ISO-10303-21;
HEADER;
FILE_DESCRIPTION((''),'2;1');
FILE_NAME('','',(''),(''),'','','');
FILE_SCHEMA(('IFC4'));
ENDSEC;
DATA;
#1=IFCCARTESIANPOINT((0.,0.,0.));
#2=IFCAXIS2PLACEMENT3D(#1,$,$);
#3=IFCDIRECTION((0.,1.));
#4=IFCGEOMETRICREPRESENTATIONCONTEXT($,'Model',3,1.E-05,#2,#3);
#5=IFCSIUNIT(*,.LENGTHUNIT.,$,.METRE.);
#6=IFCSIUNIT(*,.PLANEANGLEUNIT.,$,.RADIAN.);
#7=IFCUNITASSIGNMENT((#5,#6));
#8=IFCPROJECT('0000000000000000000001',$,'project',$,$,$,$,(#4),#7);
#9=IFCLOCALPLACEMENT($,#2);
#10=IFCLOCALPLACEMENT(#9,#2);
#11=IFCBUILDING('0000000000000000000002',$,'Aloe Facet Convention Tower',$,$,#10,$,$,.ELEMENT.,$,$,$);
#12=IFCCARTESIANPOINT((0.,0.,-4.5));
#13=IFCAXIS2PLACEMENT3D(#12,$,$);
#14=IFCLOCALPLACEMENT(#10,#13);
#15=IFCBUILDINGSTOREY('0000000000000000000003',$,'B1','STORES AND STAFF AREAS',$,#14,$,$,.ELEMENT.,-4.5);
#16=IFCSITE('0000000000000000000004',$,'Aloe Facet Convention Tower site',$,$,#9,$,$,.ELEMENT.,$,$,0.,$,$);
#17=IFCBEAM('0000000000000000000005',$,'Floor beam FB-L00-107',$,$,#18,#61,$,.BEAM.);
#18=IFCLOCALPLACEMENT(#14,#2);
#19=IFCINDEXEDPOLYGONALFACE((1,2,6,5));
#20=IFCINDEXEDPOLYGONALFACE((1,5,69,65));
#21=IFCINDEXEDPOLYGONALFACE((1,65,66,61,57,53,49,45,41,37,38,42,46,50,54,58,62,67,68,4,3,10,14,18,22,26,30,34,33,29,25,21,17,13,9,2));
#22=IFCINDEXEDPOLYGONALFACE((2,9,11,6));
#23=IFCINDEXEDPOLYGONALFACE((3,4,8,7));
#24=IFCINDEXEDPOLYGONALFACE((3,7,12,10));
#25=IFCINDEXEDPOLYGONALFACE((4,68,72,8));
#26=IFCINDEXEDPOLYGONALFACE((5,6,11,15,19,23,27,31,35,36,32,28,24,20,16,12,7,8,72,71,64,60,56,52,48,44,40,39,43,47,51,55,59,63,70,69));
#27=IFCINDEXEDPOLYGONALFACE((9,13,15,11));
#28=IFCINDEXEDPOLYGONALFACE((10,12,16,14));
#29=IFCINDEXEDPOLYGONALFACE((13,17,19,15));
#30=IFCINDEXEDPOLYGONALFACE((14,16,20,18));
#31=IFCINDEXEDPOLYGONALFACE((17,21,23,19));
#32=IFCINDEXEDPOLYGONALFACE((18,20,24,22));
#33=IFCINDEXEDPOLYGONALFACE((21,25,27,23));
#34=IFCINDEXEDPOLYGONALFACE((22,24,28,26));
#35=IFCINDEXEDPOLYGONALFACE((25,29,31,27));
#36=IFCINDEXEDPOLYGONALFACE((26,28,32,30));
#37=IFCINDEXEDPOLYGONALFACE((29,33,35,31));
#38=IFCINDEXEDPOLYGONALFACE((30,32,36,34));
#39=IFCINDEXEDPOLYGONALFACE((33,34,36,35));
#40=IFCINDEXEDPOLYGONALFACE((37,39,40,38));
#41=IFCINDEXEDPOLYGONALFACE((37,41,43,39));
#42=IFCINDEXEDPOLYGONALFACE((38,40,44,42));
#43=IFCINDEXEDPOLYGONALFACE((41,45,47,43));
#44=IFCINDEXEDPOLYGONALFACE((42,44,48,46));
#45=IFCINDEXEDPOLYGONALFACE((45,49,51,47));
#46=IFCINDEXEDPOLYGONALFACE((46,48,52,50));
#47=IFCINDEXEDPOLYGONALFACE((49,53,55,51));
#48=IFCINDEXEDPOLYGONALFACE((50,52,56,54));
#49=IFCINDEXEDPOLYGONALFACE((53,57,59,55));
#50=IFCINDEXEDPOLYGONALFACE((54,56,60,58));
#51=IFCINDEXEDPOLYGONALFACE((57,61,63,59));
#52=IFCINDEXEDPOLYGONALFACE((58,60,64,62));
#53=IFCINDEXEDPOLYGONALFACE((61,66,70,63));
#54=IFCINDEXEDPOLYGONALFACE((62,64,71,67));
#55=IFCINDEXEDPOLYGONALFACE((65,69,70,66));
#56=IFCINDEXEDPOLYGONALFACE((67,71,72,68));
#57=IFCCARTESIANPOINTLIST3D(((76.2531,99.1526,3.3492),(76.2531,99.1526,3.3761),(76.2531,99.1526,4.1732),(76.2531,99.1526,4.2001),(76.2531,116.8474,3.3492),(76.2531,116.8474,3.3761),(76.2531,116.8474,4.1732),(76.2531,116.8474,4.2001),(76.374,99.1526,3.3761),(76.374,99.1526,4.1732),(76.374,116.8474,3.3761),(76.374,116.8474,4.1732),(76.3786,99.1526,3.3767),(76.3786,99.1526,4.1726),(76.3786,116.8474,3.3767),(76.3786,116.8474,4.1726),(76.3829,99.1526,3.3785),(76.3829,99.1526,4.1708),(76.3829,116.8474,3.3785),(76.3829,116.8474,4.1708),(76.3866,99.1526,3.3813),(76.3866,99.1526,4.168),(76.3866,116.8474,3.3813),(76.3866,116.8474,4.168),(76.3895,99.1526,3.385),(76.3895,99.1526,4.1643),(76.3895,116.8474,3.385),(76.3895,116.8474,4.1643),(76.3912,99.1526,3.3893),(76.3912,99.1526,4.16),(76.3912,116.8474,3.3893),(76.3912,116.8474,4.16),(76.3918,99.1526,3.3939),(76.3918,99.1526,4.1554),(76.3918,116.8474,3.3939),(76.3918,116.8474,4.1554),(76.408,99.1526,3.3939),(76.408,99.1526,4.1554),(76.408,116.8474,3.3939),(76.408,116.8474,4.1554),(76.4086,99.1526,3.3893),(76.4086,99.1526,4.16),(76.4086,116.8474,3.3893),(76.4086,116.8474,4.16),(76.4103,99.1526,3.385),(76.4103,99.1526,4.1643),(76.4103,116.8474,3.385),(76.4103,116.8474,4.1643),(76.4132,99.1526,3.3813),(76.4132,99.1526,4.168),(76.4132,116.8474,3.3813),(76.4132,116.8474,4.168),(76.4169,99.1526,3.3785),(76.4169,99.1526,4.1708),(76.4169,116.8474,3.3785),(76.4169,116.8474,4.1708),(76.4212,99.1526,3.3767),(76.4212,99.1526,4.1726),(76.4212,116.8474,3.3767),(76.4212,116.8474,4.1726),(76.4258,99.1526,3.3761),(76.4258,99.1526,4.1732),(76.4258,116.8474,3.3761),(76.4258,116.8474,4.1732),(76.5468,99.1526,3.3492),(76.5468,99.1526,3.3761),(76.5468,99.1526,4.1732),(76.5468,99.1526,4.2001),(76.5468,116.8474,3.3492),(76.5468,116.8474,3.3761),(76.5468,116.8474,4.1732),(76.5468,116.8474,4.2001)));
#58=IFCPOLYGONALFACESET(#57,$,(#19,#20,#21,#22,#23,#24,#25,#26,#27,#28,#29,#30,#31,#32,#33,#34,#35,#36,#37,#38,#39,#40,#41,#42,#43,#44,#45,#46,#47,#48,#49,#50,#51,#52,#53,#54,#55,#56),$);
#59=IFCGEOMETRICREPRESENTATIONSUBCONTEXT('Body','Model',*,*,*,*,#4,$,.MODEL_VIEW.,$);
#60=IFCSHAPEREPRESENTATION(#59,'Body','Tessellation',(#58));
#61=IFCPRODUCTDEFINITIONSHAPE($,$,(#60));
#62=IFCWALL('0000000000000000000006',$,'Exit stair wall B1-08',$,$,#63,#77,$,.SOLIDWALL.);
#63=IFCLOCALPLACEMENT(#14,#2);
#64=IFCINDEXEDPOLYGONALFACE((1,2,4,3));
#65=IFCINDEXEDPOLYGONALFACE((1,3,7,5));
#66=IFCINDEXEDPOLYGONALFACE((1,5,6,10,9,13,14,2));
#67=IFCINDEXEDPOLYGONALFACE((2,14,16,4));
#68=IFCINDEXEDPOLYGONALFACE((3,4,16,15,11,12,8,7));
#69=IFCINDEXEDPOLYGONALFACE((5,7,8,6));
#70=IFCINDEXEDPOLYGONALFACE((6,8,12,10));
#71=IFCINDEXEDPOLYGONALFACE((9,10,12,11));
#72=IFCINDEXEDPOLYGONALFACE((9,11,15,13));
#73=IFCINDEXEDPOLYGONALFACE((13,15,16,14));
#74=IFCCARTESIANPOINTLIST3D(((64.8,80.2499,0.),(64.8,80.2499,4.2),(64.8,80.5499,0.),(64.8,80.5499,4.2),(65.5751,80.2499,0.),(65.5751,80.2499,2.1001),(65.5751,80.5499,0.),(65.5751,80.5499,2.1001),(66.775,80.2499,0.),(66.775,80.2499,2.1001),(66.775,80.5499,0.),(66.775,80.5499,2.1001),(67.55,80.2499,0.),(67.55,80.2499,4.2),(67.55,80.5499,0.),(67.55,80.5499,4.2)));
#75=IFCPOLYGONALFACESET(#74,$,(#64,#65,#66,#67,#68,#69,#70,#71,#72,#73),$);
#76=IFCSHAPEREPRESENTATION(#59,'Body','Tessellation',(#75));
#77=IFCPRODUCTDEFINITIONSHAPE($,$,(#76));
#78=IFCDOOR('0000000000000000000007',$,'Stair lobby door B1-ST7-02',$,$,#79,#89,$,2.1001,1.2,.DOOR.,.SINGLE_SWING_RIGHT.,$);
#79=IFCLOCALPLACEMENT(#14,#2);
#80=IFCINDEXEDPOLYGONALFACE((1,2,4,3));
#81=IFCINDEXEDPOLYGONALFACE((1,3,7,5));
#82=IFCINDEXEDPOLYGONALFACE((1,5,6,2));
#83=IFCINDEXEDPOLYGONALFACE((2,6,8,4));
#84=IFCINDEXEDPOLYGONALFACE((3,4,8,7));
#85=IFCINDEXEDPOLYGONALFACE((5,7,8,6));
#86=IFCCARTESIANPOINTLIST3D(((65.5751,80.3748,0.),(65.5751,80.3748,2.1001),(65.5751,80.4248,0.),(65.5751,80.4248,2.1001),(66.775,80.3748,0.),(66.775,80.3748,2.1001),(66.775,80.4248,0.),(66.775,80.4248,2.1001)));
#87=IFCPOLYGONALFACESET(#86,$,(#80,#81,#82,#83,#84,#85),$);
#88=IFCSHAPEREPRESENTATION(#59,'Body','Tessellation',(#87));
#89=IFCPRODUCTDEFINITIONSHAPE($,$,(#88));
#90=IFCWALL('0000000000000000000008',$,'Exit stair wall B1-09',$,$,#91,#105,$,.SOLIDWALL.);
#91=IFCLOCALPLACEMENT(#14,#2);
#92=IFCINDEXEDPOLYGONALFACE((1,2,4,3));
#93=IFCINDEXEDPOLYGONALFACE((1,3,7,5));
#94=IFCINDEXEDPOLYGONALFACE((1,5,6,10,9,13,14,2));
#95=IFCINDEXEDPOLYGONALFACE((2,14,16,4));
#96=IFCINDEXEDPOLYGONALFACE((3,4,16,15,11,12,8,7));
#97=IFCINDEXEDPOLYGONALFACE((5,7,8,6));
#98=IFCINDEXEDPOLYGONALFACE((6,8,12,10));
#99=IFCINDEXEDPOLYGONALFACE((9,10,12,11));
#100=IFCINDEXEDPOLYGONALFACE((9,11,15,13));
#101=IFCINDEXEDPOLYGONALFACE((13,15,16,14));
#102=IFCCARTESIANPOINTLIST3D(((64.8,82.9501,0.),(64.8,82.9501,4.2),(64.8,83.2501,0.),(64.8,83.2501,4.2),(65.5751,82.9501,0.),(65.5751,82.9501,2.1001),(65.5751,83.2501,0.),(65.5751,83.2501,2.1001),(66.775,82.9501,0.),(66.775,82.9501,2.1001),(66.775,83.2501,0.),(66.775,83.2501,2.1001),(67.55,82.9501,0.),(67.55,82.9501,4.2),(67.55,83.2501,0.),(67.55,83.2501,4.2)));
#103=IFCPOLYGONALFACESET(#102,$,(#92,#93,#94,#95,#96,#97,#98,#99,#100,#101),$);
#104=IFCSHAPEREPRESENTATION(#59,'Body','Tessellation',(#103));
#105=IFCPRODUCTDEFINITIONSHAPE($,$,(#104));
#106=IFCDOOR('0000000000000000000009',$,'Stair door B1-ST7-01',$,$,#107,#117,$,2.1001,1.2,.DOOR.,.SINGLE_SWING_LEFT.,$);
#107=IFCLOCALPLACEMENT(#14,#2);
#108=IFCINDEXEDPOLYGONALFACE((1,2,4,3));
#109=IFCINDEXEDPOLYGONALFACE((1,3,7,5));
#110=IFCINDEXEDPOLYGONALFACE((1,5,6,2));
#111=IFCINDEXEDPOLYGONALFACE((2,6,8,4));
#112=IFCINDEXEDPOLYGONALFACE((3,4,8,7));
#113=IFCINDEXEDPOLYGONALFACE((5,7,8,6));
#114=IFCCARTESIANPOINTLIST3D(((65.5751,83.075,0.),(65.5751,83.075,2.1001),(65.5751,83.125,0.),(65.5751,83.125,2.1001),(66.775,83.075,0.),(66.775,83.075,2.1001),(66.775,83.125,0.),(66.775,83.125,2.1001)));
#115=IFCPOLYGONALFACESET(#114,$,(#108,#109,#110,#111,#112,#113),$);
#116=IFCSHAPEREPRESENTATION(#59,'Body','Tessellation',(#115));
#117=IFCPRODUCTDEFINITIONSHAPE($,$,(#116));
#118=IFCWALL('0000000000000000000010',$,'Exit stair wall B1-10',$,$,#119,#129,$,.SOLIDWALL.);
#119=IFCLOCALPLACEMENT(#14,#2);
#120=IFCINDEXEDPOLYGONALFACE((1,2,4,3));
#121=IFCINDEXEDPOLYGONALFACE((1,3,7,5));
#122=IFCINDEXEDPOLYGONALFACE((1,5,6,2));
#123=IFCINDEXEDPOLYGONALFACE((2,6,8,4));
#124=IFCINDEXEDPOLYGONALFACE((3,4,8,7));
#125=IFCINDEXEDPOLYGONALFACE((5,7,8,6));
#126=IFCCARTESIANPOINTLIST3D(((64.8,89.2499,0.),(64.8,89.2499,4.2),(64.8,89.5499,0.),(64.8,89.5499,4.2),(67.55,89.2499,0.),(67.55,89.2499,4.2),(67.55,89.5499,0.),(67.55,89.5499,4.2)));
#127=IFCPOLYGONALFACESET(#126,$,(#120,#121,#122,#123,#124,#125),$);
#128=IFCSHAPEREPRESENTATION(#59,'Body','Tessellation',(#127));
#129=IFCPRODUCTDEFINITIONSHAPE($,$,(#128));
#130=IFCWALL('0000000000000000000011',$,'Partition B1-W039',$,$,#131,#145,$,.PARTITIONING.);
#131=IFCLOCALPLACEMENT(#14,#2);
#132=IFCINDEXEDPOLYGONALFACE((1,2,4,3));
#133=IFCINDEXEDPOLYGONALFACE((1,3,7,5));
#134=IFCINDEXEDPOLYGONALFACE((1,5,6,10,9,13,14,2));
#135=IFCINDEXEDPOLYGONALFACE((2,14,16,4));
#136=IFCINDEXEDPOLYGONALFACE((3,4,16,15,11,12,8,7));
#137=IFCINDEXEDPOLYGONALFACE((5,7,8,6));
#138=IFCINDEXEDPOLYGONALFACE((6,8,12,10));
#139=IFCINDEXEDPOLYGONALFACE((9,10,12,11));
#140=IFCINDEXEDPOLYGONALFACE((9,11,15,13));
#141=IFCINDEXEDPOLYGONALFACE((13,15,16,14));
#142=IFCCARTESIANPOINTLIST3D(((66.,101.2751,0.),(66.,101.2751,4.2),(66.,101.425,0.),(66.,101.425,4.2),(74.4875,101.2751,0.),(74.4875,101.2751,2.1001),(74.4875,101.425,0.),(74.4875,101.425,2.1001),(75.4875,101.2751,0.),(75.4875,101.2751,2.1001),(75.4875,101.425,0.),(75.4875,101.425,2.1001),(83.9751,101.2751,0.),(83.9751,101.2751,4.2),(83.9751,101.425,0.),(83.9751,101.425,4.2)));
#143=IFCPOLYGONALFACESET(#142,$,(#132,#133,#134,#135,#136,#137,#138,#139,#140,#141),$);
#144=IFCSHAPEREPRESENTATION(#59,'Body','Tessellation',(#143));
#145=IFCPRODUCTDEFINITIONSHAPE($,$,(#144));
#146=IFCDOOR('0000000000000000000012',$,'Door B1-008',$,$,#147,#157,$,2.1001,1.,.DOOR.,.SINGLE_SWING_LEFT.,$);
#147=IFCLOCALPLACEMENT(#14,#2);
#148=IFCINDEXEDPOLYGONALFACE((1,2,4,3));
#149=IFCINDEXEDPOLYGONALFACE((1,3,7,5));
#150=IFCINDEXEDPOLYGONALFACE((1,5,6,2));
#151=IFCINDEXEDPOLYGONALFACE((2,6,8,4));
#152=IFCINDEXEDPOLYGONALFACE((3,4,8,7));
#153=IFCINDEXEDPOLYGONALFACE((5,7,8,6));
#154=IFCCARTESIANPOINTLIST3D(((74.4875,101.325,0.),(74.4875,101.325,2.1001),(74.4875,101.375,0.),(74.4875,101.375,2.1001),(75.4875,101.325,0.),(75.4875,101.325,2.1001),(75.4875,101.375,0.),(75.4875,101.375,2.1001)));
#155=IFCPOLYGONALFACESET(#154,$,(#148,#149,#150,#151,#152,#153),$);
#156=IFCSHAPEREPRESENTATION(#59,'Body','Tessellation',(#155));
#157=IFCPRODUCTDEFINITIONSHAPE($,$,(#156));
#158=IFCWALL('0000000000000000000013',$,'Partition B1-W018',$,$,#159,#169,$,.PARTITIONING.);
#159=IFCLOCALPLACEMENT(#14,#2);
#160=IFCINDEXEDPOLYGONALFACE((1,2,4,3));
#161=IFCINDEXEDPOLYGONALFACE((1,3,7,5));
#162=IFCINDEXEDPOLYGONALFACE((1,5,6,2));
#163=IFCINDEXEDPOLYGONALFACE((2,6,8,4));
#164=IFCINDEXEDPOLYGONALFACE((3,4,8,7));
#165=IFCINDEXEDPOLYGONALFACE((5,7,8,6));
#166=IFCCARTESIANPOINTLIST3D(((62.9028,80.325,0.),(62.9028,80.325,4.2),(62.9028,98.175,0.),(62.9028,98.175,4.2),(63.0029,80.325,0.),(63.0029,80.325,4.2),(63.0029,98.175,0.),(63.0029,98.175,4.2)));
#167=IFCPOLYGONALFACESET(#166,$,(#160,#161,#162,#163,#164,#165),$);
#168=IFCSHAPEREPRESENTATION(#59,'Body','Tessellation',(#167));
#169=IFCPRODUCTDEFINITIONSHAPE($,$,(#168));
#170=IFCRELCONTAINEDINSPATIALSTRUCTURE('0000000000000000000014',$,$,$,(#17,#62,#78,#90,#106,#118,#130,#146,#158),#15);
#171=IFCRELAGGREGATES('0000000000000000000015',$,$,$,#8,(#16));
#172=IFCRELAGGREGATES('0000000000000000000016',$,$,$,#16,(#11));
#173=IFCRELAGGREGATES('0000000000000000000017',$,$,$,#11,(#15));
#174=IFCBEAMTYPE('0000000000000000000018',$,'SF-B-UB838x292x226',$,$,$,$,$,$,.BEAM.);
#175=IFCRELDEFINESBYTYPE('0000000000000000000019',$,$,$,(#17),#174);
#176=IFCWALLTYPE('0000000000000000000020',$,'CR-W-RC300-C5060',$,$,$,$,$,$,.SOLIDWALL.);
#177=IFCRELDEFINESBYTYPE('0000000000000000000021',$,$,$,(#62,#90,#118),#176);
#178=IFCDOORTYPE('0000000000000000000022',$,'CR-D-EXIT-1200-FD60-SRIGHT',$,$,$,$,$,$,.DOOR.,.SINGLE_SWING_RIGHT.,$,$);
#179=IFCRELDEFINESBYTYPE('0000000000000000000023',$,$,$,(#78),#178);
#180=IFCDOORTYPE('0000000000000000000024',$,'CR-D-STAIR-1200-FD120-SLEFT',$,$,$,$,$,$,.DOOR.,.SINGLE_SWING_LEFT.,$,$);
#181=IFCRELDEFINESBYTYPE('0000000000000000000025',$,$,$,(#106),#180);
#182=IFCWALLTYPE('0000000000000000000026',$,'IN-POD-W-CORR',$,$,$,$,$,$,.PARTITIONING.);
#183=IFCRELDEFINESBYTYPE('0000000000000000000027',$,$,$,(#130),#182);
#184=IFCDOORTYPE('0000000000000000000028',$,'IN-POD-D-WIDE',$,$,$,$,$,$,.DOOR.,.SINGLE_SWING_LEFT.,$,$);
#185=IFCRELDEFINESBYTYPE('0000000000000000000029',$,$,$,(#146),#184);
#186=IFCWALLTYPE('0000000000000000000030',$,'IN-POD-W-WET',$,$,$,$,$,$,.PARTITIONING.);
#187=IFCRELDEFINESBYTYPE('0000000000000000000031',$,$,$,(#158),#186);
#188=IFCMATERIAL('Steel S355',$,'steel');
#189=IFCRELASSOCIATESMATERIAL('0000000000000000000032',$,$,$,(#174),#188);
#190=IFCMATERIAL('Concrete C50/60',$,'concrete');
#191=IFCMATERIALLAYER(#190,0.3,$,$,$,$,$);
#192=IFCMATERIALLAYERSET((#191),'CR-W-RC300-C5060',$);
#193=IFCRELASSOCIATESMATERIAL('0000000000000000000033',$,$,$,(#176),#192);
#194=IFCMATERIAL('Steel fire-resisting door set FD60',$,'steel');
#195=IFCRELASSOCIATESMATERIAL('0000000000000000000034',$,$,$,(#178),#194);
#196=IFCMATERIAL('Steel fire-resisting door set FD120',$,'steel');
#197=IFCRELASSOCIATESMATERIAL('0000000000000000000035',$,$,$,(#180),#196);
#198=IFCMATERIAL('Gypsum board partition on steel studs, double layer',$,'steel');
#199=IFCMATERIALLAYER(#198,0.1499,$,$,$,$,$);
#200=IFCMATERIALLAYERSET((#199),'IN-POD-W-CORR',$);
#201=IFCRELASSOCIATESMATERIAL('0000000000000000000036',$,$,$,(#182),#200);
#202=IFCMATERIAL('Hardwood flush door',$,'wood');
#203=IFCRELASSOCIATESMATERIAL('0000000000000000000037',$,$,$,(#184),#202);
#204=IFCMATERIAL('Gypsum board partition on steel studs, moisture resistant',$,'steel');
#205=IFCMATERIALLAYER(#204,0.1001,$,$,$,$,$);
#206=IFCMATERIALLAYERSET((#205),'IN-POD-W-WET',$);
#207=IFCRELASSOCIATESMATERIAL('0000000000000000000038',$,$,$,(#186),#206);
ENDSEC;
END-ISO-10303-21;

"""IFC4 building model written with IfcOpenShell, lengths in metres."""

from ifc_helpers import new_model, si_unit, direction, frame, frame_2d, origin, origin_2d, place, context, subcontext, project, spatial, rectangle, i_section, extrude, material, layer, layer_set, material_profile, profile_set, type_object, element, fill, save


model = new_model("IFC4")

# Units and contexts
model_context = context("Model", 3, precision=1e-05, world=origin(), true_north=direction((0.0, 1.0)))
body_context = subcontext(model_context, "Body", "Model", "MODEL_VIEW")
ifc_project = project(units=[si_unit("LENGTHUNIT", "METRE"), si_unit("PLANEANGLEUNIT", "RADIAN")], contexts=[model_context])

# Site, building, storey
site_placement = place(None, origin())
site = spatial("IfcSite", under=ifc_project, at=site_placement, Name="Aloe Facet Convention Tower site", CompositionType="ELEMENT", RefElevation=0.0)
building_placement = place(site_placement, origin())
building = spatial("IfcBuilding", under=site, at=building_placement, Name="Aloe Facet Convention Tower", CompositionType="ELEMENT")
storey_placement = place(building_placement, frame((0.0, 0.0, -4.5)))
storey = spatial("IfcBuildingStorey", under=building, at=storey_placement, Name="B1", Description="STORES AND STAFF AREAS", CompositionType="ELEMENT", Elevation=-4.5)

# Beam
ifc_material_1 = material(Name="Steel S355", Category="steel")
ifc_material_profile_1 = material_profile(ifc_material_1, i_section(OverallWidth=0.2937, OverallDepth=0.8508, WebThickness=0.0161, FlangeThickness=0.0269, FilletRadius=0.0178, at=origin_2d()), Name="UB 838x292x226")
ifc_profile_set_1 = profile_set([ifc_material_profile_1], Name="Steel S355")
beam_type_1 = type_object("IfcBeamType", Name="SF-B-UB838x292x226", PredefinedType="BEAM", material=ifc_profile_set_1)
beam_1_placement = place(storey_placement, frame((76.3999, 99.1526, 3.7747), z_axis=(0.0, 1.0, 0.0), x_axis=(-1.0, 0.0, 0.0)))
element("IfcBeam", 1, at=beam_1_placement, inside=storey, type_object=beam_type_1, Name="Floor beam FB-L00-107", PredefinedType="BEAM", context=body_context, shape_type="SweptSolid", body=[
    extrude(i_section(OverallWidth=0.2937, OverallDepth=0.8508, WebThickness=0.0161, FlangeThickness=0.0269, FilletRadius=0.0178, at=origin_2d()), origin(), (0.0, 0.0, 1.0), 17.6948),
])

# Walls, openings, doors
ifc_material_2 = material(Name="Concrete C50/60", Category="concrete")
ifc_layer_1 = layer(ifc_material_2, 0.3)
ifc_layer_set_1 = layer_set([ifc_layer_1], Name="CR-W-RC300-C5060")
wall_type_1 = type_object("IfcWallType", Name="CR-W-RC300-C5060", PredefinedType="SOLIDWALL", material=ifc_layer_set_1)
wall_1_placement = place(storey_placement, frame((64.8, 80.3999, 0.0), z_axis=(0.0, 0.0, 1.0), x_axis=(1.0, 0.0, 0.0)))
wall_1 = element("IfcWall", 2, at=wall_1_placement, inside=storey, type_object=wall_type_1, Name="Exit stair wall B1-08", PredefinedType="SOLIDWALL", context=body_context, shape_type="SweptSolid", body=[
    extrude(rectangle(XDim=2.75, YDim=0.3, at=frame_2d((1.375, 0.0))), origin(), (0.0, 0.0, 1.0), 4.2),
])
opening_1_placement = place(wall_1_placement, frame((0.7749, 0.0, 0.0)))
opening_1 = element("IfcOpeningElement", 3, at=opening_1_placement, cuts=wall_1, PredefinedType="OPENING", context=body_context, shape_type="SweptSolid", body=[
    extrude(rectangle(XDim=1.2, YDim=2.1001, at=frame_2d((0.6001, 1.05))), frame((0.0, 0.1602, 0.0), z_axis=(0.0, -1.0, 0.0), x_axis=(1.0, 0.0, 0.0)), (0.0, 0.0, 1.0), 0.3201),
])
ifc_material_3 = material(Name="Steel fire-resisting door set FD60", Category="steel")
door_type_1 = type_object("IfcDoorType", Name="CR-D-EXIT-1200-FD60-SRIGHT", OperationType="SINGLE_SWING_RIGHT", PredefinedType="DOOR", material=ifc_material_3)
door_1_placement = place(opening_1_placement, origin())
door_1 = element("IfcDoor", 4, at=door_1_placement, inside=storey, type_object=door_type_1, Name="Stair lobby door B1-ST7-02", OperationType="SINGLE_SWING_RIGHT", OverallHeight=2.1001, OverallWidth=1.2, PredefinedType="DOOR", context=body_context, shape_type="SweptSolid", body=[
    extrude(rectangle(XDim=1.2, YDim=2.1001, at=frame_2d((0.6001, 1.05))), frame((0.0, 0.0249, 0.0), z_axis=(0.0, -1.0, 0.0), x_axis=(1.0, 0.0, 0.0)), (0.0, 0.0, 1.0), 0.05),
])
fill(opening_1, door_1)
wall_2_placement = place(storey_placement, frame((64.8, 83.1001, 0.0), z_axis=(0.0, 0.0, 1.0), x_axis=(1.0, 0.0, 0.0)))
wall_2 = element("IfcWall", 5, at=wall_2_placement, inside=storey, type_object=wall_type_1, Name="Exit stair wall B1-09", PredefinedType="SOLIDWALL", context=body_context, shape_type="SweptSolid", body=[
    extrude(rectangle(XDim=2.75, YDim=0.3, at=frame_2d((1.375, 0.0))), origin(), (0.0, 0.0, 1.0), 4.2),
])
opening_2_placement = place(wall_2_placement, frame((0.7749, 0.0, 0.0)))
opening_2 = element("IfcOpeningElement", 6, at=opening_2_placement, cuts=wall_2, PredefinedType="OPENING", context=body_context, shape_type="SweptSolid", body=[
    extrude(rectangle(XDim=1.2, YDim=2.1001, at=frame_2d((0.6001, 1.05))), frame((0.0, 0.1602, 0.0), z_axis=(0.0, -1.0, 0.0), x_axis=(1.0, 0.0, 0.0)), (0.0, 0.0, 1.0), 0.3201),
])
ifc_material_4 = material(Name="Steel fire-resisting door set FD120", Category="steel")
door_type_2 = type_object("IfcDoorType", Name="CR-D-STAIR-1200-FD120-SLEFT", OperationType="SINGLE_SWING_LEFT", PredefinedType="DOOR", material=ifc_material_4)
door_2_placement = place(opening_2_placement, origin())
door_2 = element("IfcDoor", 7, at=door_2_placement, inside=storey, type_object=door_type_2, Name="Stair door B1-ST7-01", OperationType="SINGLE_SWING_LEFT", OverallHeight=2.1001, OverallWidth=1.2, PredefinedType="DOOR", context=body_context, shape_type="SweptSolid", body=[
    extrude(rectangle(XDim=1.2, YDim=2.1001, at=frame_2d((0.6001, 1.05))), frame((0.0, 0.0249, 0.0), z_axis=(0.0, -1.0, 0.0), x_axis=(1.0, 0.0, 0.0)), (0.0, 0.0, 1.0), 0.05),
])
fill(opening_2, door_2)

# Wall
wall_3_placement = place(storey_placement, frame((64.8, 89.3999, 0.0), z_axis=(0.0, 0.0, 1.0), x_axis=(1.0, 0.0, 0.0)))
element("IfcWall", 8, at=wall_3_placement, inside=storey, type_object=wall_type_1, Name="Exit stair wall B1-10", PredefinedType="SOLIDWALL", context=body_context, shape_type="SweptSolid", body=[
    extrude(rectangle(XDim=2.75, YDim=0.3, at=frame_2d((1.375, 0.0))), origin(), (0.0, 0.0, 1.0), 4.2),
])

# Wall, opening, door
ifc_material_5 = material(Name="Gypsum board partition on steel studs, double layer", Category="steel")
ifc_layer_2 = layer(ifc_material_5, 0.1499)
ifc_layer_set_2 = layer_set([ifc_layer_2], Name="IN-POD-W-CORR")
wall_type_2 = type_object("IfcWallType", Name="IN-POD-W-CORR", PredefinedType="PARTITIONING", material=ifc_layer_set_2)
wall_4_placement = place(storey_placement, frame((66.0, 101.3501, 0.0), z_axis=(0.0, 0.0, 1.0), x_axis=(1.0, 0.0, 0.0)))
wall_4 = element("IfcWall", 9, at=wall_4_placement, inside=storey, type_object=wall_type_2, Name="Partition B1-W039", PredefinedType="PARTITIONING", context=body_context, shape_type="SweptSolid", body=[
    extrude(rectangle(XDim=17.9751, YDim=0.1499, at=frame_2d((8.9875, 0.0))), origin(), (0.0, 0.0, 1.0), 4.2),
])
opening_3_placement = place(wall_4_placement, frame((8.4875, 0.0, 0.0)))
opening_3 = element("IfcOpeningElement", 10, at=opening_3_placement, cuts=wall_4, PredefinedType="OPENING", context=body_context, shape_type="SweptSolid", body=[
    extrude(rectangle(XDim=1.0, YDim=2.1001, at=frame_2d((0.5, 1.05))), frame((0.0, 0.085, 0.0), z_axis=(0.0, -1.0, 0.0), x_axis=(1.0, 0.0, 0.0)), (0.0, 0.0, 1.0), 0.1699),
])
ifc_material_6 = material(Name="Hardwood flush door", Category="wood")
door_type_3 = type_object("IfcDoorType", Name="IN-POD-D-WIDE", OperationType="SINGLE_SWING_LEFT", PredefinedType="DOOR", material=ifc_material_6)
door_3_placement = place(opening_3_placement, origin())
door_3 = element("IfcDoor", 11, at=door_3_placement, inside=storey, type_object=door_type_3, Name="Door B1-008", OperationType="SINGLE_SWING_LEFT", OverallHeight=2.1001, OverallWidth=1.0, PredefinedType="DOOR", context=body_context, shape_type="SweptSolid", body=[
    extrude(rectangle(XDim=1.0, YDim=2.1001, at=frame_2d((0.5, 1.05))), frame((0.0, 0.0249, 0.0), z_axis=(0.0, -1.0, 0.0), x_axis=(1.0, 0.0, 0.0)), (0.0, 0.0, 1.0), 0.05),
])
fill(opening_3, door_3)

# Wall
ifc_material_7 = material(Name="Gypsum board partition on steel studs, moisture resistant", Category="steel")
ifc_layer_3 = layer(ifc_material_7, 0.1001)
ifc_layer_set_3 = layer_set([ifc_layer_3], Name="IN-POD-W-WET")
wall_type_3 = type_object("IfcWallType", Name="IN-POD-W-WET", PredefinedType="PARTITIONING", material=ifc_layer_set_3)
wall_5_placement = place(storey_placement, frame((62.9529, 80.325, 0.0), z_axis=(0.0, 0.0, 1.0), x_axis=(0.0, 1.0, 0.0)))
element("IfcWall", 12, at=wall_5_placement, inside=storey, type_object=wall_type_3, Name="Partition B1-W018", PredefinedType="PARTITIONING", context=body_context, shape_type="SweptSolid", body=[
    extrude(rectangle(XDim=17.8501, YDim=0.1001, at=frame_2d((8.925, 0.0))), origin(), (0.0, 0.0, 1.0), 4.2),
])

save(model, "model.ifc")
